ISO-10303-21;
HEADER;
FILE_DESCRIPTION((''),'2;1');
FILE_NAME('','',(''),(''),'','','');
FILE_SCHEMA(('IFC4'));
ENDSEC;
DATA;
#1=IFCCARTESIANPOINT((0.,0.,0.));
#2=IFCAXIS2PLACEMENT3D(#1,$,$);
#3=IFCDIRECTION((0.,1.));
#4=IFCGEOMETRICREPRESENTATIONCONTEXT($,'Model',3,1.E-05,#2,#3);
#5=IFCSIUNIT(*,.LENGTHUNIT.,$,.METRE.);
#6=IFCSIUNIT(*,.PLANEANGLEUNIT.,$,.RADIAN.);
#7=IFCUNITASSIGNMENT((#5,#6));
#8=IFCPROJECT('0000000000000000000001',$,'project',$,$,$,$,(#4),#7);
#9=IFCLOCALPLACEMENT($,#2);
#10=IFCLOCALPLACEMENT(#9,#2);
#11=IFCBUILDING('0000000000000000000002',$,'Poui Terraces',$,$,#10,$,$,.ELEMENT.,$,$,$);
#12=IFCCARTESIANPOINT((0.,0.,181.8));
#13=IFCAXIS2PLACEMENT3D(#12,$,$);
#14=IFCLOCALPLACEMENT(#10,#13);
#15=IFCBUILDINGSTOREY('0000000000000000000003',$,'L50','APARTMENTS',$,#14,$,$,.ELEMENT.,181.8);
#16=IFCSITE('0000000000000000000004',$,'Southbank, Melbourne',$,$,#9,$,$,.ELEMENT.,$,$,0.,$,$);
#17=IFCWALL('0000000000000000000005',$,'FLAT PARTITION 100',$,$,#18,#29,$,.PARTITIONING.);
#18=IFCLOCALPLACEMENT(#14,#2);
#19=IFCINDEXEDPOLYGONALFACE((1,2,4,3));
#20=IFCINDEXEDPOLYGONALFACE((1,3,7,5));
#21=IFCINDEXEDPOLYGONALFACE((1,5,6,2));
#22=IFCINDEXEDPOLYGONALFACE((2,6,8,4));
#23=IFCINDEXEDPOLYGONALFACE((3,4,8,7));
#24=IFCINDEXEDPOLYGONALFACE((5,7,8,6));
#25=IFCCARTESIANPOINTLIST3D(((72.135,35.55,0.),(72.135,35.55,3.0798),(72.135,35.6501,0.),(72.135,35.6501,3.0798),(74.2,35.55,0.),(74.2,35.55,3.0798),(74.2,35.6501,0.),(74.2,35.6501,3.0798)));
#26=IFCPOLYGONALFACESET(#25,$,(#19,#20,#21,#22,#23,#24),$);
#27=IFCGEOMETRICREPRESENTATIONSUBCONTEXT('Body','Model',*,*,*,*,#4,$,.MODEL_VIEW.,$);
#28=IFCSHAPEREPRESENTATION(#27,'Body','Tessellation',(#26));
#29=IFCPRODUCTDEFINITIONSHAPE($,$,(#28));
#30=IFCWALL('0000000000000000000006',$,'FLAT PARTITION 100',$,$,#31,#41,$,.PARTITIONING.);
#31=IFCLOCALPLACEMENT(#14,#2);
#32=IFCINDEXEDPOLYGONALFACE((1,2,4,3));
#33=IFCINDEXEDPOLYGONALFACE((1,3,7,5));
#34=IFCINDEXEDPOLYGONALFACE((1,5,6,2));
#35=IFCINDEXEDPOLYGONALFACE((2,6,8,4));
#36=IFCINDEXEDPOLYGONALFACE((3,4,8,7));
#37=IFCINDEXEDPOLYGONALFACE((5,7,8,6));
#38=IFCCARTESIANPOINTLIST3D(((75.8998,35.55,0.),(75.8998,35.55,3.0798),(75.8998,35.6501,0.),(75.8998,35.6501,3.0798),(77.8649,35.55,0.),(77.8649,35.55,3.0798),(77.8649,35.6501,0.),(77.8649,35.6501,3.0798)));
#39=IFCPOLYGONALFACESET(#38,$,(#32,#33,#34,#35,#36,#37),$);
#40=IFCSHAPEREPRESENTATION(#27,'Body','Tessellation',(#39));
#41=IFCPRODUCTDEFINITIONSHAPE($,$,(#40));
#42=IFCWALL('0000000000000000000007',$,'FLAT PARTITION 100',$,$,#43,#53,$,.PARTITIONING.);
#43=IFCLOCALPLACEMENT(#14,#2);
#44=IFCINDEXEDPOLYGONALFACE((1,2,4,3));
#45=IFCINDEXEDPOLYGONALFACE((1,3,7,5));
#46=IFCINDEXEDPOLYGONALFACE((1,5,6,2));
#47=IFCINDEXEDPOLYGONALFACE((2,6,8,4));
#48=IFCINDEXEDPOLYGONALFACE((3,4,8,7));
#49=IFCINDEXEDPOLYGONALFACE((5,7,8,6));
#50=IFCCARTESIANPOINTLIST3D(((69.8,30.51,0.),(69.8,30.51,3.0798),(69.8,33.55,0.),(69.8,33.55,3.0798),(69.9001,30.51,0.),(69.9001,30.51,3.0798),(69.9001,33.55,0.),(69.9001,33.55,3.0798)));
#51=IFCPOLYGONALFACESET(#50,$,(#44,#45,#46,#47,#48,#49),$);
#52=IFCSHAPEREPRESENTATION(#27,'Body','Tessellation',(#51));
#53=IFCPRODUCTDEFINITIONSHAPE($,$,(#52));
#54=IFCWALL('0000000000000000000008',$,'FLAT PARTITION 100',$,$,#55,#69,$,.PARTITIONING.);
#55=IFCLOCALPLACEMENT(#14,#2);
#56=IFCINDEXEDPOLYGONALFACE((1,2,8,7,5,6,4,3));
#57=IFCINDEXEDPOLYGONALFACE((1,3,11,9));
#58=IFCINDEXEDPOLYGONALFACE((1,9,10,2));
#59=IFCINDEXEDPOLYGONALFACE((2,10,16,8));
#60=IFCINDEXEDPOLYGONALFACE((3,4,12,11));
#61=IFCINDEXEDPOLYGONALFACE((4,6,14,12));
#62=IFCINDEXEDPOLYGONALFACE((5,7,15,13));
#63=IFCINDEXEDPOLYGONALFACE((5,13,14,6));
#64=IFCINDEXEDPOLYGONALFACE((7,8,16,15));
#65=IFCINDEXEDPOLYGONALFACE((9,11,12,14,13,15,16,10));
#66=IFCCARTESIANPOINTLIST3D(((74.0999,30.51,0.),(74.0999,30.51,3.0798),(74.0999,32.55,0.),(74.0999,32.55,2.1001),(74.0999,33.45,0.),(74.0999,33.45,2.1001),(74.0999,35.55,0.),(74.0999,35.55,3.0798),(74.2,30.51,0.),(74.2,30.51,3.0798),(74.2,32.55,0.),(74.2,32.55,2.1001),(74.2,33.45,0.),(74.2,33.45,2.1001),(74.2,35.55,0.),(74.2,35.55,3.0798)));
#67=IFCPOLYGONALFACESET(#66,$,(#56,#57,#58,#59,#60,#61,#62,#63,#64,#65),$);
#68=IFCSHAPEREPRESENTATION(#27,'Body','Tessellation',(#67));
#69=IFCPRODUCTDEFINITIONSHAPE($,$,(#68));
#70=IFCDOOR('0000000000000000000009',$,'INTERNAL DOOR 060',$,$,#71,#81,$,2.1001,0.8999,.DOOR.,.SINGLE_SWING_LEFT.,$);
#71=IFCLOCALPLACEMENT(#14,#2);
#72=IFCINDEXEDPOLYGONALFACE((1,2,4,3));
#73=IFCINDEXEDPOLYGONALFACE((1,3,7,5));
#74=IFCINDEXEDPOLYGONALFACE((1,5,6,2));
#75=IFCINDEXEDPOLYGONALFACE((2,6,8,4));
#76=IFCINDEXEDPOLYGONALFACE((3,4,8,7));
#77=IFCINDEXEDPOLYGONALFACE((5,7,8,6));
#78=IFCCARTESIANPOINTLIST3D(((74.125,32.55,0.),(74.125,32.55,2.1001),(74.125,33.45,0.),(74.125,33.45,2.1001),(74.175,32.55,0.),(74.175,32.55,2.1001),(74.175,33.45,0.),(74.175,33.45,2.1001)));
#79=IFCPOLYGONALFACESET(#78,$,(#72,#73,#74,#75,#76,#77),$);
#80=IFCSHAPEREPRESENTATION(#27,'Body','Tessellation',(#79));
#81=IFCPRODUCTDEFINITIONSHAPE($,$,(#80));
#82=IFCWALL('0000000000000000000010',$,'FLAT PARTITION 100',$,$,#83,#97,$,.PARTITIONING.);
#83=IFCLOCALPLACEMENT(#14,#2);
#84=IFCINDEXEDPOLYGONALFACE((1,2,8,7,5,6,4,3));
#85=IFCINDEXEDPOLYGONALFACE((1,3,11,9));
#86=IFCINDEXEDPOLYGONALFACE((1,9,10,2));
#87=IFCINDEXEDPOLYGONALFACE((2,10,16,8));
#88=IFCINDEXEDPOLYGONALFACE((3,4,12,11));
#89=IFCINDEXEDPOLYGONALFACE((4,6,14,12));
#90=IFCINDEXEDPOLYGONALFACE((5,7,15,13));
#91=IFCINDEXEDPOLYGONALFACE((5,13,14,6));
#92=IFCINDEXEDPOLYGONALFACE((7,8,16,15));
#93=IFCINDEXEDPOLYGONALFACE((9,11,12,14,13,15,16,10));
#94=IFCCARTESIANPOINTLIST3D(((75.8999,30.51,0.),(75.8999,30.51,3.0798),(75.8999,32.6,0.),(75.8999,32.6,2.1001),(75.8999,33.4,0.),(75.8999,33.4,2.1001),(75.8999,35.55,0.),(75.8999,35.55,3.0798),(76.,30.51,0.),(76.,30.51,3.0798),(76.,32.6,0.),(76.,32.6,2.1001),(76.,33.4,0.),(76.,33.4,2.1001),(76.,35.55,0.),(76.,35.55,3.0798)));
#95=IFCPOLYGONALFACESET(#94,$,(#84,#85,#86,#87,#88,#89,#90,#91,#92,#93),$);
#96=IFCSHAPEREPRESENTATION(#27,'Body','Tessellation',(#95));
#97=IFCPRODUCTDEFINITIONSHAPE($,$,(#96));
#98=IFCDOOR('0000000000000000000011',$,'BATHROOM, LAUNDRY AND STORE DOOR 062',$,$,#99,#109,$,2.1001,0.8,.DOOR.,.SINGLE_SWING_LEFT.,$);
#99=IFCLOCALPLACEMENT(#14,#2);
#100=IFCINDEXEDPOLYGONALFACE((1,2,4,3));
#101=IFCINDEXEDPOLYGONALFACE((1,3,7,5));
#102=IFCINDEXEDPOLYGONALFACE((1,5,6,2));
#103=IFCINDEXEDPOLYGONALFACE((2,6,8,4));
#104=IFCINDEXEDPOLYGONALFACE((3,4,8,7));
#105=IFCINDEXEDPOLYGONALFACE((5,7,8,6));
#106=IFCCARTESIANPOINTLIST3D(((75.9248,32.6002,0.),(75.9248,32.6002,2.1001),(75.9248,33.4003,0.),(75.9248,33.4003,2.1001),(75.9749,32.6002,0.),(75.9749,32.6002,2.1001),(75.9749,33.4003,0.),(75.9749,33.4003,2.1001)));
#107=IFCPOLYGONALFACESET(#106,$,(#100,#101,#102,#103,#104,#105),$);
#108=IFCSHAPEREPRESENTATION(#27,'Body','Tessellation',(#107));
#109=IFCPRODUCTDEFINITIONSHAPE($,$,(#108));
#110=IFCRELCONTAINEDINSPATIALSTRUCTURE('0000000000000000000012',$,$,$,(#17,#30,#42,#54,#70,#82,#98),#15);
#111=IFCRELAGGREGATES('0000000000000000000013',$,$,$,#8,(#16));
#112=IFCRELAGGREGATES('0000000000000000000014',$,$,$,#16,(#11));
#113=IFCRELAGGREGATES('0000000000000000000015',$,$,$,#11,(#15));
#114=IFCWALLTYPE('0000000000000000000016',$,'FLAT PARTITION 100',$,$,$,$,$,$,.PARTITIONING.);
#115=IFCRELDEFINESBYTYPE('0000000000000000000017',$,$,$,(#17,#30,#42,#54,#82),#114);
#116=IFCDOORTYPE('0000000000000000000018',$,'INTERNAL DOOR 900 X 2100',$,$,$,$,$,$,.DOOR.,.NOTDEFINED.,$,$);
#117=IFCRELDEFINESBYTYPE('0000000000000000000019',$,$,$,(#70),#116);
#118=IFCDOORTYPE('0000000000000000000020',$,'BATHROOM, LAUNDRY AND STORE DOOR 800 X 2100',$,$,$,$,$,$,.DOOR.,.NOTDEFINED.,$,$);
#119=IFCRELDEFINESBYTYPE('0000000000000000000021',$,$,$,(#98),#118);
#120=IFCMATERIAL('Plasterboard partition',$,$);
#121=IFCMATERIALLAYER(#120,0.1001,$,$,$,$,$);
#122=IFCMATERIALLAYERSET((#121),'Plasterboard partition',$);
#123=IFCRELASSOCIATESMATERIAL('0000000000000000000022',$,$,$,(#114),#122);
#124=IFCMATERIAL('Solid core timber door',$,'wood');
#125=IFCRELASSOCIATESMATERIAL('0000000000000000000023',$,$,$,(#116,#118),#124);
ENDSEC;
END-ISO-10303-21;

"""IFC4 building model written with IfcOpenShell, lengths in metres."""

from ifc_helpers import new_model, si_unit, direction, frame, frame_2d, origin, place, context, subcontext, project, spatial, rectangle, extrude, material, layer, layer_set, type_object, element, fill, save


model = new_model("IFC4")

# Units and contexts
model_context = context("Model", 3, precision=1e-05, world=origin(), true_north=direction((0.0, 1.0)))
body_context = subcontext(model_context, "Body", "Model", "MODEL_VIEW")
ifc_project = project(units=[si_unit("LENGTHUNIT", "METRE"), si_unit("PLANEANGLEUNIT", "RADIAN")], contexts=[model_context])

# Site, building, storey
site_placement = place(None, origin())
site = spatial("IfcSite", under=ifc_project, at=site_placement, Name="Southbank, Melbourne", CompositionType="ELEMENT", RefElevation=0.0)
building_placement = place(site_placement, origin())
building = spatial("IfcBuilding", under=site, at=building_placement, Name="Poui Terraces", CompositionType="ELEMENT")
storey_placement = place(building_placement, frame((0.0, 0.0, 181.8)))
storey = spatial("IfcBuildingStorey", under=building, at=storey_placement, Name="L50", Description="APARTMENTS", CompositionType="ELEMENT", Elevation=181.8)

# Walls
ifc_material_1 = material(Name="Plasterboard partition")
ifc_layer = layer(ifc_material_1, 0.1001)
ifc_layer_set = layer_set([ifc_layer], Name="Plasterboard partition")
wall_type = type_object("IfcWallType", Name="FLAT PARTITION 100", PredefinedType="PARTITIONING", material=ifc_layer_set)
wall_1_placement = place(storey_placement, frame((72.135, 35.6001, 0.0), z_axis=(0.0, 0.0, 1.0), x_axis=(1.0, 0.0, 0.0)))
element("IfcWall", 1, at=wall_1_placement, inside=storey, type_object=wall_type, Name="FLAT PARTITION 100", PredefinedType="PARTITIONING", context=body_context, shape_type="SweptSolid", body=[
    extrude(rectangle(XDim=2.0649, YDim=0.1001, at=frame_2d((1.0325, 0.0))), origin(), (0.0, 0.0, 1.0), 3.0798),
])
wall_2_placement = place(storey_placement, frame((75.8999, 35.6001, 0.0), z_axis=(0.0, 0.0, 1.0), x_axis=(1.0, 0.0, 0.0)))
element("IfcWall", 2, at=wall_2_placement, inside=storey, type_object=wall_type, Name="FLAT PARTITION 100", PredefinedType="PARTITIONING", context=body_context, shape_type="SweptSolid", body=[
    extrude(rectangle(XDim=1.9651, YDim=0.1001, at=frame_2d((0.9824, 0.0))), origin(), (0.0, 0.0, 1.0), 3.0798),
])
wall_3_placement = place(storey_placement, frame((69.8501, 30.51, 0.0), z_axis=(0.0, 0.0, 1.0), x_axis=(0.0, 1.0, 0.0)))
element("IfcWall", 3, at=wall_3_placement, inside=storey, type_object=wall_type, Name="FLAT PARTITION 100", PredefinedType="PARTITIONING", context=body_context, shape_type="SweptSolid", body=[
    extrude(rectangle(XDim=3.04, YDim=0.1001, at=frame_2d((1.52, 0.0))), origin(), (0.0, 0.0, 1.0), 3.0798),
])

# Walls, openings, doors
wall_4_placement = place(storey_placement, frame((74.1499, 30.51, 0.0), z_axis=(0.0, 0.0, 1.0), x_axis=(0.0, 1.0, 0.0)))
wall_4 = element("IfcWall", 4, at=wall_4_placement, inside=storey, type_object=wall_type, Name="FLAT PARTITION 100", PredefinedType="PARTITIONING", context=body_context, shape_type="SweptSolid", body=[
    extrude(rectangle(XDim=5.04, YDim=0.1001, at=frame_2d((2.52, 0.0))), origin(), (0.0, 0.0, 1.0), 3.0798),
])
opening_1_placement = place(wall_4_placement, frame((2.04, 0.0, 0.0)))
opening_1 = element("IfcOpeningElement", 5, at=opening_1_placement, cuts=wall_4, PredefinedType="OPENING", context=body_context, shape_type="SweptSolid", body=[
    extrude(rectangle(XDim=0.8999, YDim=2.1001, at=frame_2d((0.45, 1.05))), frame((0.0, 0.0601, 0.0), z_axis=(0.0, -1.0, 0.0), x_axis=(1.0, 0.0, 0.0)), (0.0, 0.0, 1.0), 0.1201),
])
ifc_material_2 = material(Name="Solid core timber door", Category="wood")
door_type_1 = type_object("IfcDoorType", Name="INTERNAL DOOR 900 X 2100", OperationType="NOTDEFINED", PredefinedType="DOOR", material=ifc_material_2)
door_1_placement = place(opening_1_placement, origin())
door_1 = element("IfcDoor", 6, at=door_1_placement, inside=storey, type_object=door_type_1, Name="INTERNAL DOOR 060", OperationType="SINGLE_SWING_LEFT", OverallHeight=2.1001, OverallWidth=0.8999, PredefinedType="DOOR", context=body_context, shape_type="SweptSolid", body=[
    extrude(rectangle(XDim=0.8999, YDim=2.1001, at=frame_2d((0.45, 1.05))), frame((0.0, 0.0249, 0.0), z_axis=(0.0, -1.0, 0.0), x_axis=(1.0, 0.0, 0.0)), (0.0, 0.0, 1.0), 0.05),
])
fill(opening_1, door_1)
wall_5_placement = place(storey_placement, frame((75.95, 30.51, 0.0), z_axis=(0.0, 0.0, 1.0), x_axis=(0.0, 1.0, 0.0)))
wall_5 = element("IfcWall", 7, at=wall_5_placement, inside=storey, type_object=wall_type, Name="FLAT PARTITION 100", PredefinedType="PARTITIONING", context=body_context, shape_type="SweptSolid", body=[
    extrude(rectangle(XDim=5.04, YDim=0.1001, at=frame_2d((2.52, 0.0))), origin(), (0.0, 0.0, 1.0), 3.0798),
])
opening_2_placement = place(wall_5_placement, frame((2.0901, 0.0, 0.0)))
opening_2 = element("IfcOpeningElement", 8, at=opening_2_placement, cuts=wall_5, PredefinedType="OPENING", context=body_context, shape_type="SweptSolid", body=[
    extrude(rectangle(XDim=0.8, YDim=2.1001, at=frame_2d((0.3999, 1.05))), frame((0.0, 0.0601, 0.0), z_axis=(0.0, -1.0, 0.0), x_axis=(1.0, 0.0, 0.0)), (0.0, 0.0, 1.0), 0.1201),
])
door_type_2 = type_object("IfcDoorType", Name="BATHROOM, LAUNDRY AND STORE DOOR 800 X 2100", OperationType="NOTDEFINED", PredefinedType="DOOR", material=ifc_material_2)
door_2_placement = place(opening_2_placement, frame((0.8, 0.0, 0.0), z_axis=(0.0, 0.0, 1.0), x_axis=(-1.0, 0.0, 0.0)))
door_2 = element("IfcDoor", 9, at=door_2_placement, inside=storey, type_object=door_type_2, Name="BATHROOM, LAUNDRY AND STORE DOOR 062", OperationType="SINGLE_SWING_LEFT", OverallHeight=2.1001, OverallWidth=0.8, PredefinedType="DOOR", context=body_context, shape_type="SweptSolid", body=[
    extrude(rectangle(XDim=0.8, YDim=2.1001, at=frame_2d((0.3999, 1.05))), frame((0.0, 0.0249, 0.0), z_axis=(0.0, -1.0, 0.0), x_axis=(1.0, 0.0, 0.0)), (0.0, 0.0, 1.0), 0.05),
])
fill(opening_2, door_2)

save(model, "model.ifc")
